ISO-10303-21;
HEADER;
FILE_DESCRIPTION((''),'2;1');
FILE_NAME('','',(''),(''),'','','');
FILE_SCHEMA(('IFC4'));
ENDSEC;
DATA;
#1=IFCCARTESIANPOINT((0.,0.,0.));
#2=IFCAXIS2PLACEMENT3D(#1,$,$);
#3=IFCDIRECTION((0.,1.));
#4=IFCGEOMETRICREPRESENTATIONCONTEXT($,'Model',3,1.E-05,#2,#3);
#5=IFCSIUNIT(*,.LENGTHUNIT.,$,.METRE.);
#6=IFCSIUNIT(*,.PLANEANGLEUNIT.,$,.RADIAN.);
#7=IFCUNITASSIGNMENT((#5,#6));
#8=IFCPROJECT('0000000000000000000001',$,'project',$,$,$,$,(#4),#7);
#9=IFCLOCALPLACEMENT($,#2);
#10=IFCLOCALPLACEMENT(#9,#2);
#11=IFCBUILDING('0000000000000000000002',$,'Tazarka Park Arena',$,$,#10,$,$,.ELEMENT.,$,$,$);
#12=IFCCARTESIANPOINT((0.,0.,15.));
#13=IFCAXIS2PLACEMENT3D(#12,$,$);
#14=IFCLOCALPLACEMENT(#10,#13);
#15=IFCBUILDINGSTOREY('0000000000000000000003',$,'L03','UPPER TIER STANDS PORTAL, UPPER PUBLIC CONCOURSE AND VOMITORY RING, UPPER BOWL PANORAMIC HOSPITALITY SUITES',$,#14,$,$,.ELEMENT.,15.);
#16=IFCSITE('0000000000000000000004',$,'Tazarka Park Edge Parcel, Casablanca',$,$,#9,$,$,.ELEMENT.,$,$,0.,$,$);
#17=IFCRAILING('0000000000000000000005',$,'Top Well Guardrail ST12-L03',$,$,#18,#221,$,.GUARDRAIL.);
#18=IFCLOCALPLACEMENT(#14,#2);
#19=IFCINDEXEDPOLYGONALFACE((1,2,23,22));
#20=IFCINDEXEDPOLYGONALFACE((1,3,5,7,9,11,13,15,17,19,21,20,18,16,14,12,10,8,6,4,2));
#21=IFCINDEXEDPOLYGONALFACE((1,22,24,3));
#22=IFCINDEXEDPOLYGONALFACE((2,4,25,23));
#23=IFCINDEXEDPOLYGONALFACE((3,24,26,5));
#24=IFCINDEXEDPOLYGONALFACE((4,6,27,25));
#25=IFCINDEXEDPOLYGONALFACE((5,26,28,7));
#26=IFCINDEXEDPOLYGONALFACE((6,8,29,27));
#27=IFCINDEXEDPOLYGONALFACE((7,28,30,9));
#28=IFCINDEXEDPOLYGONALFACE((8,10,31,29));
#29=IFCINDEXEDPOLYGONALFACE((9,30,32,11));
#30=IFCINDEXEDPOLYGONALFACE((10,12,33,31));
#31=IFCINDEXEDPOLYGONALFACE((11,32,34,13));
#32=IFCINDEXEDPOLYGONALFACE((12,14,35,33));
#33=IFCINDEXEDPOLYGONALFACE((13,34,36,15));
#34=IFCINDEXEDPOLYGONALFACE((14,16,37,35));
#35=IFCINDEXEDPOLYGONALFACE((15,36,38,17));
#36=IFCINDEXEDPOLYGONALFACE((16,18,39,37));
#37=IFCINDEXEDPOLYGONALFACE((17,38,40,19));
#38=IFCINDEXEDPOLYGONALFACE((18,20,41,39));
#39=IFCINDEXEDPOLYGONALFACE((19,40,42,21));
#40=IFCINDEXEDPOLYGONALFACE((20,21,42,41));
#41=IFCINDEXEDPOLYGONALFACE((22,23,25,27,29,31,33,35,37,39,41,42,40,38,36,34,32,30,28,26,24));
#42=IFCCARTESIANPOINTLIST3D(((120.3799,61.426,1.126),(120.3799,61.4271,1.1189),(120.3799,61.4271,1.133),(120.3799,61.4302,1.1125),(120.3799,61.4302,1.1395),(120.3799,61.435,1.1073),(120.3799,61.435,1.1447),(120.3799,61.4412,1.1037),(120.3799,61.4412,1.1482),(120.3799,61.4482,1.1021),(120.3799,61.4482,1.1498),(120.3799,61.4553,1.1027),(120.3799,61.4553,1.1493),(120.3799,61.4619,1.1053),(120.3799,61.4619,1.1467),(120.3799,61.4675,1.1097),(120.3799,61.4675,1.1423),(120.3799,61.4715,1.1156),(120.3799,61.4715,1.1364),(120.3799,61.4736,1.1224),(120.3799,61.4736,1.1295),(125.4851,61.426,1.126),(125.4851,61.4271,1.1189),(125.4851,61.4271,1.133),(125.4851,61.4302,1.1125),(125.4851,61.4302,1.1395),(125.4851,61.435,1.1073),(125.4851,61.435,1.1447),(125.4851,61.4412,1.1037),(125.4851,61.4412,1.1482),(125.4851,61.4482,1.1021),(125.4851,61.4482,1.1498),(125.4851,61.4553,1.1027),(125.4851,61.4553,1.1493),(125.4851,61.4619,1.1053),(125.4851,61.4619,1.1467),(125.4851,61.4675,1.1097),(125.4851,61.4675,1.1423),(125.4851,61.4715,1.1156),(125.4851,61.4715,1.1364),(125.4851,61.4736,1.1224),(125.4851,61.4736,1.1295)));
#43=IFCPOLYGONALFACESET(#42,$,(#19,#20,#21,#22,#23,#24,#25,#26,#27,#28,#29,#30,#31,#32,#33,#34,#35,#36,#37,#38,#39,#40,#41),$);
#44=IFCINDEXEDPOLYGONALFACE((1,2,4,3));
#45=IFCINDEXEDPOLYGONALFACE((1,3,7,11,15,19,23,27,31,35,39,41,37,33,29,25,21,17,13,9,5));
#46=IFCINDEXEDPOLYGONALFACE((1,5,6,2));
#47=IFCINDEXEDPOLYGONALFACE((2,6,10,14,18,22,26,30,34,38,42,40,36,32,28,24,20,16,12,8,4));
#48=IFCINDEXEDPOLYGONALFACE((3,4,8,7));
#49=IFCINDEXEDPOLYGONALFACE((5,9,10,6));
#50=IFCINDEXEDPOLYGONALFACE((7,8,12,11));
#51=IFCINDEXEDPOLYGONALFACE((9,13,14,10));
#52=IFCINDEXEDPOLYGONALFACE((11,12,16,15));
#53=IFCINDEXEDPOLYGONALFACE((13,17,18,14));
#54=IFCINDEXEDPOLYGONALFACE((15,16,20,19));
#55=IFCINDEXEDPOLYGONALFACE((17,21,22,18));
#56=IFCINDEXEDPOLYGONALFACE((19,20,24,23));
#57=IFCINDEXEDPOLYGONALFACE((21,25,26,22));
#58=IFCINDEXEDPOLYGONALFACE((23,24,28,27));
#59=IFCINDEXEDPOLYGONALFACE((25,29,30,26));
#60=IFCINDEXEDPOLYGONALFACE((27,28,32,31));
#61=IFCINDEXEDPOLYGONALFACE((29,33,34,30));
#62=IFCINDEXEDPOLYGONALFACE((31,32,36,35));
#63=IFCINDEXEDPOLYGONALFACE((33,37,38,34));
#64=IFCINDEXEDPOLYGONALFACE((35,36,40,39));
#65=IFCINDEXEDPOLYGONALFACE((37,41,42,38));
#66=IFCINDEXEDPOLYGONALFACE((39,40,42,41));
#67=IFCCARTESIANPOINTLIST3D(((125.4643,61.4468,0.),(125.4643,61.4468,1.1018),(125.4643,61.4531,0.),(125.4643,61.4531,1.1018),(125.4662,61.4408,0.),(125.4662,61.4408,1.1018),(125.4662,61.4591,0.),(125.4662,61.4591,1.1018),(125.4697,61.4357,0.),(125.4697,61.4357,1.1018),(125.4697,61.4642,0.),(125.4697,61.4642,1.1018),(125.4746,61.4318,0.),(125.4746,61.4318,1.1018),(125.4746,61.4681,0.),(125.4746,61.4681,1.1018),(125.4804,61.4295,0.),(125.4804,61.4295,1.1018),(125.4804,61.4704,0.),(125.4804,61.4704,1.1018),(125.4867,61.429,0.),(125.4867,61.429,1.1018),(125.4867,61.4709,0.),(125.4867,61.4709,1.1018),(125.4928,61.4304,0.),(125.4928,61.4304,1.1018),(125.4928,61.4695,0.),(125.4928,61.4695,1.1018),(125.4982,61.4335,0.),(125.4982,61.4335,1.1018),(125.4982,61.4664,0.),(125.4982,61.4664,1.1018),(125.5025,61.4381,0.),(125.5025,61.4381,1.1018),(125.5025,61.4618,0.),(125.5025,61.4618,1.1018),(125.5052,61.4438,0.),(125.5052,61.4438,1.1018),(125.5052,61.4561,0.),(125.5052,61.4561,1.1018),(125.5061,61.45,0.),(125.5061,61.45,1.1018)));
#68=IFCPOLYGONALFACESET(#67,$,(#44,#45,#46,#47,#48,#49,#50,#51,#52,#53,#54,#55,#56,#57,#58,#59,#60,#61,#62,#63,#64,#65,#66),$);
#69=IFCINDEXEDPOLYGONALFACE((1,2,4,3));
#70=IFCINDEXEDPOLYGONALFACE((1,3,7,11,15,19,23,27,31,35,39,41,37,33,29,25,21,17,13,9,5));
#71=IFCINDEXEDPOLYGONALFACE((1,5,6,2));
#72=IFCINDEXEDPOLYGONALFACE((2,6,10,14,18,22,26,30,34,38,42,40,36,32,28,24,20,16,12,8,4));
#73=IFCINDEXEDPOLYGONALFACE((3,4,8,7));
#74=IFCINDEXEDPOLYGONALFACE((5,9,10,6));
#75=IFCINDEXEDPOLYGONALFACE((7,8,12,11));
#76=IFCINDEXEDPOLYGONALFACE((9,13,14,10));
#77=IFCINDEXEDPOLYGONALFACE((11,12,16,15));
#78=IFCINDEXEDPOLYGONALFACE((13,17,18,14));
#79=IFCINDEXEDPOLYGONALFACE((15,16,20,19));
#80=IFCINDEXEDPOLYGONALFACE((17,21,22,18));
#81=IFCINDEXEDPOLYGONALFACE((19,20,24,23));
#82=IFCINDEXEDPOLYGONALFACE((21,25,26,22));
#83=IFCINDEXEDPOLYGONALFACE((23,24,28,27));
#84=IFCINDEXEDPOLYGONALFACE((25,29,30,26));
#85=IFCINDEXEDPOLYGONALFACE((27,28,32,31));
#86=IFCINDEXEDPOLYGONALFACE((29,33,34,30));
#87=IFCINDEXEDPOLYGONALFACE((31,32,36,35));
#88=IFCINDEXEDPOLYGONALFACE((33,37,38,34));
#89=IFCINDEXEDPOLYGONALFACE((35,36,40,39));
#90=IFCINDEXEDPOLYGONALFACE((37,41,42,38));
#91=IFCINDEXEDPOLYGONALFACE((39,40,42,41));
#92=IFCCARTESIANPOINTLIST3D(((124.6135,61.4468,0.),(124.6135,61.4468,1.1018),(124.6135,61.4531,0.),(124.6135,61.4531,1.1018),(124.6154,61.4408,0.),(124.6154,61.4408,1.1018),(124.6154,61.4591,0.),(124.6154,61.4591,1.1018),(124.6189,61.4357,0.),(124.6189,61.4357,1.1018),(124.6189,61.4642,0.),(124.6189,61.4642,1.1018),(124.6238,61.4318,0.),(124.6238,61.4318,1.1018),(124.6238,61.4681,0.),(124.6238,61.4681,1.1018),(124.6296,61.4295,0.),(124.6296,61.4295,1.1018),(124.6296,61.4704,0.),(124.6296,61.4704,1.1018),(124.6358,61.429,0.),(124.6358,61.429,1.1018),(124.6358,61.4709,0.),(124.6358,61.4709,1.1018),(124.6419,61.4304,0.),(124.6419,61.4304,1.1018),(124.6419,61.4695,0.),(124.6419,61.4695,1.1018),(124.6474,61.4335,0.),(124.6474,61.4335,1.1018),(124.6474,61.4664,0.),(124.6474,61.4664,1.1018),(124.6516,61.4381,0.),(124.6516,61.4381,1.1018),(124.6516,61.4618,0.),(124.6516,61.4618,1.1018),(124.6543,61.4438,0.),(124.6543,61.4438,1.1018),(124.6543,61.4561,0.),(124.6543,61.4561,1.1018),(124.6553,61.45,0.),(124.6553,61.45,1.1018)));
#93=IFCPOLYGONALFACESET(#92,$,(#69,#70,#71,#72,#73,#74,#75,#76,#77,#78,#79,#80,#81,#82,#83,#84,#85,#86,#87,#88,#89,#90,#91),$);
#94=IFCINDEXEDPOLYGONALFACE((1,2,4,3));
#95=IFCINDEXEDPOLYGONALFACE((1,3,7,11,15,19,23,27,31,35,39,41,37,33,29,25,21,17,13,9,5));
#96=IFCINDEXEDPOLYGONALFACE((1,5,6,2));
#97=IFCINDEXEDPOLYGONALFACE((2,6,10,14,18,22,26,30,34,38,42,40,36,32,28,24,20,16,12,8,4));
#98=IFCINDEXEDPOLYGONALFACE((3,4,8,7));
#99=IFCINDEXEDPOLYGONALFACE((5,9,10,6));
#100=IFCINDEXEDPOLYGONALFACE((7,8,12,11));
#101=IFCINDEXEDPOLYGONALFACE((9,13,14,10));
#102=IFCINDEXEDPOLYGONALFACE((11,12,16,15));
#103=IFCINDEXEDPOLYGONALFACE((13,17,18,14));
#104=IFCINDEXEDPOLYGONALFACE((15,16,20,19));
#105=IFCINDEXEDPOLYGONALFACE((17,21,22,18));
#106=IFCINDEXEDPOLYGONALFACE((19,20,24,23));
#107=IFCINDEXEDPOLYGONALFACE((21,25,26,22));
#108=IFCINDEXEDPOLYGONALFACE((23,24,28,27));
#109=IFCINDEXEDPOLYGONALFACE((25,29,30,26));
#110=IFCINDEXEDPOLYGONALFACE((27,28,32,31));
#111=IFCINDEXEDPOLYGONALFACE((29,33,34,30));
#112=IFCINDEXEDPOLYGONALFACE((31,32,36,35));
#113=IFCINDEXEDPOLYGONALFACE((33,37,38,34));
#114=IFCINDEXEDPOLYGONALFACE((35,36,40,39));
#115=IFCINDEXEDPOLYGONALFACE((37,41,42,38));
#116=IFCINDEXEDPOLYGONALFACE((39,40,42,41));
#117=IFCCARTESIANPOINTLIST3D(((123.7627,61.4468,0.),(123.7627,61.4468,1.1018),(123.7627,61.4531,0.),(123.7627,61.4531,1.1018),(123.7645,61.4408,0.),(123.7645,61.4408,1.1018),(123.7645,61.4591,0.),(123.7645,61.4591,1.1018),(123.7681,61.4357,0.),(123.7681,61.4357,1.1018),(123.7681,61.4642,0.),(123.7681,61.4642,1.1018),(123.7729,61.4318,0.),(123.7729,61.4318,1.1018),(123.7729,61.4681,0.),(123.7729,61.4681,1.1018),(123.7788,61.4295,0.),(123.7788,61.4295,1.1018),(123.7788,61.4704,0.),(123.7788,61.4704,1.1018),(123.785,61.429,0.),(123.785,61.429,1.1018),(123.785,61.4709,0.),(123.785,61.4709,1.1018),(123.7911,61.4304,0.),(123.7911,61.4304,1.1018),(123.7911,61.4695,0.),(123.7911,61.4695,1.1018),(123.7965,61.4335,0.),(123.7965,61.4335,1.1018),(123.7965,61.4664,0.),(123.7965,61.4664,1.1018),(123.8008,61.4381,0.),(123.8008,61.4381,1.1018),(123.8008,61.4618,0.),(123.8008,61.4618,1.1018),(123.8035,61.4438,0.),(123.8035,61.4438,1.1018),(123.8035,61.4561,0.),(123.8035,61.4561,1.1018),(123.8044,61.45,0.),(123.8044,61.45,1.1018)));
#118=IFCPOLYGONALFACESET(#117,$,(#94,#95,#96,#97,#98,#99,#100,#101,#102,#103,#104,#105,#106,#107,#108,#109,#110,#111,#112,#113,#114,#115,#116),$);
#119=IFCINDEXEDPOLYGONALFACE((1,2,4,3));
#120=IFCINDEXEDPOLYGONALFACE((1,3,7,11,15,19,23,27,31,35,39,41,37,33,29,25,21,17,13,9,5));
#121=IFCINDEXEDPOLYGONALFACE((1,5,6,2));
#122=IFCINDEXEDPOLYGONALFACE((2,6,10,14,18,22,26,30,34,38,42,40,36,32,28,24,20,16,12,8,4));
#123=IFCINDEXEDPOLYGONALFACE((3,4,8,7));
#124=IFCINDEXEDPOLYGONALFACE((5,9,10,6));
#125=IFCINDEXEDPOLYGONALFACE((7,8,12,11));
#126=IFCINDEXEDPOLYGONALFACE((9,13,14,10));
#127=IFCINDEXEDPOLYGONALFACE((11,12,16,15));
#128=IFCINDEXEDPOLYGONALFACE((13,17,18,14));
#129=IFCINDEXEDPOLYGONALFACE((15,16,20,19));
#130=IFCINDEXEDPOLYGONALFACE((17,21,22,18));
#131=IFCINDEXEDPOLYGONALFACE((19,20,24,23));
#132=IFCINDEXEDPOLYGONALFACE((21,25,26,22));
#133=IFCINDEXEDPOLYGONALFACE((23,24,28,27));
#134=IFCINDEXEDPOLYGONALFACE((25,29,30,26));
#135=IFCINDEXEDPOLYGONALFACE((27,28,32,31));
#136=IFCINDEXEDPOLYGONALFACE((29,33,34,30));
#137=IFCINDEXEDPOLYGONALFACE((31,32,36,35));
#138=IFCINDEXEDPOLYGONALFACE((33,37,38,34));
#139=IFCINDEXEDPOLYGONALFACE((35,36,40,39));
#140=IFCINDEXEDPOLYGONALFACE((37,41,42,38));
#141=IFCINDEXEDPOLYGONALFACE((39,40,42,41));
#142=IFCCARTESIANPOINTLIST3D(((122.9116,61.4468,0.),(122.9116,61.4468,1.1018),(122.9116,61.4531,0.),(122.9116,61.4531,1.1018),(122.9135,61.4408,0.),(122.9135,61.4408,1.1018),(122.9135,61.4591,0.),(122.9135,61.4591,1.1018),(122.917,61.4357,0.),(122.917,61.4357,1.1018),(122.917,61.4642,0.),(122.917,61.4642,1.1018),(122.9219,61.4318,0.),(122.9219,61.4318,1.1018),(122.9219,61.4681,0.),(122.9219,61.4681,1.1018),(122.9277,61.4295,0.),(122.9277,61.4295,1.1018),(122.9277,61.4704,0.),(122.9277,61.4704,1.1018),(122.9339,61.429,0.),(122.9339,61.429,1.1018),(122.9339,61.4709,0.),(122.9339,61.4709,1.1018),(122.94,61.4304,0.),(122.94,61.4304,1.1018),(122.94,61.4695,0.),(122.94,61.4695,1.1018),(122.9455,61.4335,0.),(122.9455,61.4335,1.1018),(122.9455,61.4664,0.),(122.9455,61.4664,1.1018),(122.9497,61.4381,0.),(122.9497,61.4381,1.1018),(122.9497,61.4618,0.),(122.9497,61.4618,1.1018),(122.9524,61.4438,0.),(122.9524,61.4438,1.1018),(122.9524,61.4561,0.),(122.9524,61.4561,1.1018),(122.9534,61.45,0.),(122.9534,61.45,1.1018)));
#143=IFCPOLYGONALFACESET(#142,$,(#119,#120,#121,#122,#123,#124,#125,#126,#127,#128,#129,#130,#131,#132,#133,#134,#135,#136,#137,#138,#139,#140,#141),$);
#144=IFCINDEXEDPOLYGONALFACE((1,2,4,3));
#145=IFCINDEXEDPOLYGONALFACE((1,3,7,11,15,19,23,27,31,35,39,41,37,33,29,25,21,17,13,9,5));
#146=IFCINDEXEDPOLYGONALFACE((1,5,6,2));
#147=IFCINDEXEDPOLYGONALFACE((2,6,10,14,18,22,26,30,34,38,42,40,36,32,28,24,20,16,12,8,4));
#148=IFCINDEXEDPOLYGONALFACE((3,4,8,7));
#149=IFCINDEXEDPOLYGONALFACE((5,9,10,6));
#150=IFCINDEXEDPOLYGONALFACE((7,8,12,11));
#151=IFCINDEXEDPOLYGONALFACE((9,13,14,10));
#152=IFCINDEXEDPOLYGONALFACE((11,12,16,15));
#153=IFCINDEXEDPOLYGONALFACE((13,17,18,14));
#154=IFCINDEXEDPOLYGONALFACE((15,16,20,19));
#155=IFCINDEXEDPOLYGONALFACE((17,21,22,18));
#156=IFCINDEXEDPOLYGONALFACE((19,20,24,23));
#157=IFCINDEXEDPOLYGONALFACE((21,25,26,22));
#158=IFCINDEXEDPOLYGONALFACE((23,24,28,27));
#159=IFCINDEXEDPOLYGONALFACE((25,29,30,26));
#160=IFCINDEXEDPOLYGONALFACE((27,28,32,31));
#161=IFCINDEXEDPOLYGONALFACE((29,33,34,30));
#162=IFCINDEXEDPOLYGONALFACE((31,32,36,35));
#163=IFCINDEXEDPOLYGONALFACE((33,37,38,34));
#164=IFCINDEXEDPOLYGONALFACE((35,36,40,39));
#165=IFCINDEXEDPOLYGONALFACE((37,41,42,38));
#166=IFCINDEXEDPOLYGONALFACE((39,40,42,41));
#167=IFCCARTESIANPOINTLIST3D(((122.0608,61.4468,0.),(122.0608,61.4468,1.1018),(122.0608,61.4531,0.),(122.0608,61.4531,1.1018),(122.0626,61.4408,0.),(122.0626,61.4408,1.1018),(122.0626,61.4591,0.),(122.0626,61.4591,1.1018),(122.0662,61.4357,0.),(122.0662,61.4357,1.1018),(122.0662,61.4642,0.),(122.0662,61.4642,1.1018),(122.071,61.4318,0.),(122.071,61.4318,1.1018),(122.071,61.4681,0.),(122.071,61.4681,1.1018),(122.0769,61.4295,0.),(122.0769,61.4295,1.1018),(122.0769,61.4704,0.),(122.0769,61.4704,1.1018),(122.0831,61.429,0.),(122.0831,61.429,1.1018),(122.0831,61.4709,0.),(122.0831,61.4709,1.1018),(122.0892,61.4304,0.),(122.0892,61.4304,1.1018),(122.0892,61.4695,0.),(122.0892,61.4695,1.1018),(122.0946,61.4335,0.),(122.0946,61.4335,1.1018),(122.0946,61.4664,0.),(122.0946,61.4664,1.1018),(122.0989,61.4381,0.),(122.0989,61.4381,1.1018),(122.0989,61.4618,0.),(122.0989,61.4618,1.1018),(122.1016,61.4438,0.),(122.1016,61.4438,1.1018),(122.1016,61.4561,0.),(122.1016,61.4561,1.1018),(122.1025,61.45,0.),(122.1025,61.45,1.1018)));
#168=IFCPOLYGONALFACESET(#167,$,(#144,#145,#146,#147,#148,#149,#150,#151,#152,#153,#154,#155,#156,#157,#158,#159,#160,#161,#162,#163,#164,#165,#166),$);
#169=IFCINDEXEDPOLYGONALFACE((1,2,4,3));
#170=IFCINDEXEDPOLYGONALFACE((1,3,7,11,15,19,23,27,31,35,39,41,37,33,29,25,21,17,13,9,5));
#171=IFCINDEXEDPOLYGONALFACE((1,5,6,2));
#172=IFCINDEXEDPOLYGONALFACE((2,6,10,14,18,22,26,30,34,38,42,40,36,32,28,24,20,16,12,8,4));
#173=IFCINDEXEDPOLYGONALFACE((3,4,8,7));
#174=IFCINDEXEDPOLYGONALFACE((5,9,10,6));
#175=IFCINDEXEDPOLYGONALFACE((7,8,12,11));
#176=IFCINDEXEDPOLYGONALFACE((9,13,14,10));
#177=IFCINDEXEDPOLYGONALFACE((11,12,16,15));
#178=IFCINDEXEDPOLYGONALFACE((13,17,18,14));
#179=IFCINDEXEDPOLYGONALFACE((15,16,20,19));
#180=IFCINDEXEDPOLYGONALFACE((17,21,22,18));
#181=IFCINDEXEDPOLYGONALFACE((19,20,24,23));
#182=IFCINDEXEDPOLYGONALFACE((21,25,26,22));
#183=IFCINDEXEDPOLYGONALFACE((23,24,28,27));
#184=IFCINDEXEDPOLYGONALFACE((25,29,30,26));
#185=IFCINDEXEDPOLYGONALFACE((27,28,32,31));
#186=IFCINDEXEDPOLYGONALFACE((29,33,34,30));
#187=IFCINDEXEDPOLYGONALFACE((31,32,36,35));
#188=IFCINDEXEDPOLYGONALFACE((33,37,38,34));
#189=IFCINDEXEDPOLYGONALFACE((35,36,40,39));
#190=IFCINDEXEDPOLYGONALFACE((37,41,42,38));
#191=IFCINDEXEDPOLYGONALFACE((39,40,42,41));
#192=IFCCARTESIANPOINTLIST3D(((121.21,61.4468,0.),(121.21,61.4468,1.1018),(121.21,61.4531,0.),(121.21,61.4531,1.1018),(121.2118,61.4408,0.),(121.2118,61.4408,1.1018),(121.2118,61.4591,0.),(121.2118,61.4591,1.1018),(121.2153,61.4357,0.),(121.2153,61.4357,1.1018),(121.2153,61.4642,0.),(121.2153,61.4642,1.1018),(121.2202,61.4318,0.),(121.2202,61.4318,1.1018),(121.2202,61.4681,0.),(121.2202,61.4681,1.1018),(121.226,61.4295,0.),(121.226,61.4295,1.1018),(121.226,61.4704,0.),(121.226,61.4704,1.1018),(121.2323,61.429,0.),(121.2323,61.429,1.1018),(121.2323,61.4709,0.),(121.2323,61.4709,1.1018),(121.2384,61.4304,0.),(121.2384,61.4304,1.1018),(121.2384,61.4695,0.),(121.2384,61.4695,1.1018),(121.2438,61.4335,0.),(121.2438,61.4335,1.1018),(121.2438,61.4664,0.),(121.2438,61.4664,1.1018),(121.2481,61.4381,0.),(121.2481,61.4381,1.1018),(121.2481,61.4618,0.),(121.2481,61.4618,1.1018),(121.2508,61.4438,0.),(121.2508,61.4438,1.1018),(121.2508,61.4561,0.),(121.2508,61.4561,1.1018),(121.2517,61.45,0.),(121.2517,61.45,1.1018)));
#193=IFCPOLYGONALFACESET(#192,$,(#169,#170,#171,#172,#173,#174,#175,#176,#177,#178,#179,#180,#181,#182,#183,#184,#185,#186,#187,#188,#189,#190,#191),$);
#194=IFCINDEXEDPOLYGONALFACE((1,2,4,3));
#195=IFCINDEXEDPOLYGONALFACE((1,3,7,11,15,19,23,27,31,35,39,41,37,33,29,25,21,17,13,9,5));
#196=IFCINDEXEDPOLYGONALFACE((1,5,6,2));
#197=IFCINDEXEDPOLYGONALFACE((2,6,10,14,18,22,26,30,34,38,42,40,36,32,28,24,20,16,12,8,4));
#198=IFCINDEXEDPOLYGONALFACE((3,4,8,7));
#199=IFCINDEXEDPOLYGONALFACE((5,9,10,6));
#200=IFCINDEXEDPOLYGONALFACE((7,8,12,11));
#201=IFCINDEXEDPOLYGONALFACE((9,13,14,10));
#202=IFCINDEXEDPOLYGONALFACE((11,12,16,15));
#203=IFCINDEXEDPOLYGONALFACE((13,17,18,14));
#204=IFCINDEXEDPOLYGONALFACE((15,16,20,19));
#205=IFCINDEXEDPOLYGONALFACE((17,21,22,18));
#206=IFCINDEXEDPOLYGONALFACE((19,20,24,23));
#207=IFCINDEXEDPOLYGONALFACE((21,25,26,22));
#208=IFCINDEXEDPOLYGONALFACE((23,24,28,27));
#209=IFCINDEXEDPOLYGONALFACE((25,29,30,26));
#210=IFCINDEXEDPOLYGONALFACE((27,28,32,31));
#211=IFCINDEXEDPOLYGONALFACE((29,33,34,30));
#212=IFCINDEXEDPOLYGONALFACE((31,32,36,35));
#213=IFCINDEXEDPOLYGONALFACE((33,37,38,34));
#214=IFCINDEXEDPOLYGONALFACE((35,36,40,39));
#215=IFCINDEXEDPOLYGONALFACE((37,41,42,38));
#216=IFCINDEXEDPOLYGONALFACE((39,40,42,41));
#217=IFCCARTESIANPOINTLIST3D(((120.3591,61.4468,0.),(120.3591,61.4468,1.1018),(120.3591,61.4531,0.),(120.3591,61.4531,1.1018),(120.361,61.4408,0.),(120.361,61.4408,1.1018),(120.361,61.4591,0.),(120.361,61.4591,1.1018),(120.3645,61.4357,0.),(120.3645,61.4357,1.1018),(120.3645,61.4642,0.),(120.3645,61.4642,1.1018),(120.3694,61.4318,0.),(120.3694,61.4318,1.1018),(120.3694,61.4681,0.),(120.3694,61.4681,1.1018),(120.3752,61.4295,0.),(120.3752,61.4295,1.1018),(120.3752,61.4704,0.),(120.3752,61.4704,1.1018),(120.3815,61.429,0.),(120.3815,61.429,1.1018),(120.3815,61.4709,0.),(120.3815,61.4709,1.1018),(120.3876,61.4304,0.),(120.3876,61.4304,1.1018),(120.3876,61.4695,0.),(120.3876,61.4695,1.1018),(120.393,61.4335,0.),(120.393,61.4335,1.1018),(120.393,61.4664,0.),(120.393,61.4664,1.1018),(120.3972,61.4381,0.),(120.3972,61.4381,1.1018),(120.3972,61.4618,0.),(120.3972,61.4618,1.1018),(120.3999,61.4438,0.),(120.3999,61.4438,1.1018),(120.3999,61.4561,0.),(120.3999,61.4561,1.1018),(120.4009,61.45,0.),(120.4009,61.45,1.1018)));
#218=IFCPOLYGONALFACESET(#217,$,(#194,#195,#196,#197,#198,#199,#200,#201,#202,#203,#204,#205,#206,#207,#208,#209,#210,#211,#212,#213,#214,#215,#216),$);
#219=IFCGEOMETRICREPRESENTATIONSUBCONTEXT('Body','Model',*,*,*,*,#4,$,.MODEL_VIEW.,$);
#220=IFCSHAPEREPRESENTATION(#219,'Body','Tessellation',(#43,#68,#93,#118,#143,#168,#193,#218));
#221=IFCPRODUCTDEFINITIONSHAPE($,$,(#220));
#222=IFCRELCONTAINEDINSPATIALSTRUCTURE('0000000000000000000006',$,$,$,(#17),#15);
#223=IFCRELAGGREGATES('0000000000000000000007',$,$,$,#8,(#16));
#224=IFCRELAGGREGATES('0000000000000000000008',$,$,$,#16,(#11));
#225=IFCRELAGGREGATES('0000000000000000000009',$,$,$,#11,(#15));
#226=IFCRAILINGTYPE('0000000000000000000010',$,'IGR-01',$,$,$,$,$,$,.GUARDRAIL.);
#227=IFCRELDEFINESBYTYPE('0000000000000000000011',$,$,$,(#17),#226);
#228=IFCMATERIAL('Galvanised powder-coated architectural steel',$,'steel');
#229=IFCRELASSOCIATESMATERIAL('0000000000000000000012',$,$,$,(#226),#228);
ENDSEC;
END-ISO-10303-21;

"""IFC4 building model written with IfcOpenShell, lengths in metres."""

from ifc_helpers import new_model, si_unit, direction, frame, origin, origin_2d, place, context, subcontext, project, spatial, circle, extrude, material, type_object, element, save


model = new_model("IFC4")

# Units and contexts
model_context = context("Model", 3, precision=1e-05, world=origin(), true_north=direction((0.0, 1.0)))
body_context = subcontext(model_context, "Body", "Model", "MODEL_VIEW")
ifc_project = project(units=[si_unit("LENGTHUNIT", "METRE"), si_unit("PLANEANGLEUNIT", "RADIAN")], contexts=[model_context])

# Site, building, storey
site_placement = place(None, origin())
site = spatial("IfcSite", under=ifc_project, at=site_placement, Name="Tazarka Park Edge Parcel, Casablanca", CompositionType="ELEMENT", RefElevation=0.0)
building_placement = place(site_placement, origin())
building = spatial("IfcBuilding", under=site, at=building_placement, Name="Tazarka Park Arena", CompositionType="ELEMENT")
storey_placement = place(building_placement, frame((0.0, 0.0, 15.0)))
storey = spatial("IfcBuildingStorey", under=building, at=storey_placement, Name="L03", Description="UPPER TIER STANDS PORTAL, UPPER PUBLIC CONCOURSE AND VOMITORY RING, UPPER BOWL PANORAMIC HOSPITALITY SUITES", CompositionType="ELEMENT", Elevation=15.0)

# Railing
ifc_material_1 = material(Name="Galvanised powder-coated architectural steel", Category="steel")
railing_type = type_object("IfcRailingType", Name="IGR-01", PredefinedType="GUARDRAIL", material=ifc_material_1)
railing_1_placement = place(storey_placement, frame((125.4851, 61.45, 0.0)))
element("IfcRailing", 1, at=railing_1_placement, inside=storey, type_object=railing_type, Name="Top Well Guardrail ST12-L03", PredefinedType="GUARDRAIL", context=body_context, shape_type="SweptSolid", body=[
    extrude(circle(Radius=0.0239, at=origin_2d()), frame((0.0, 0.0, 1.126), z_axis=(-1.0, 0.0, 0.0), x_axis=(0.0, -1.0, 0.0)), (0.0, 0.0, 1.0), 5.1052),
    extrude(circle(Radius=0.021, at=origin_2d()), origin(), (0.0, 0.0, 1.0), 1.1018),
    extrude(circle(Radius=0.021, at=origin_2d()), frame((-0.8508, 0.0, 0.0)), (0.0, 0.0, 1.0), 1.1018),
    extrude(circle(Radius=0.021, at=origin_2d()), frame((-1.7017, 0.0, 0.0)), (0.0, 0.0, 1.0), 1.1018),
    extrude(circle(Radius=0.021, at=origin_2d()), frame((-2.5527, 0.0, 0.0)), (0.0, 0.0, 1.0), 1.1018),
    extrude(circle(Radius=0.021, at=origin_2d()), frame((-3.4036, 0.0, 0.0)), (0.0, 0.0, 1.0), 1.1018),
    extrude(circle(Radius=0.021, at=origin_2d()), frame((-4.2544, 0.0, 0.0)), (0.0, 0.0, 1.0), 1.1018),
    extrude(circle(Radius=0.021, at=origin_2d()), frame((-5.1052, 0.0, 0.0)), (0.0, 0.0, 1.0), 1.1018),
])

save(model, "model.ifc")
